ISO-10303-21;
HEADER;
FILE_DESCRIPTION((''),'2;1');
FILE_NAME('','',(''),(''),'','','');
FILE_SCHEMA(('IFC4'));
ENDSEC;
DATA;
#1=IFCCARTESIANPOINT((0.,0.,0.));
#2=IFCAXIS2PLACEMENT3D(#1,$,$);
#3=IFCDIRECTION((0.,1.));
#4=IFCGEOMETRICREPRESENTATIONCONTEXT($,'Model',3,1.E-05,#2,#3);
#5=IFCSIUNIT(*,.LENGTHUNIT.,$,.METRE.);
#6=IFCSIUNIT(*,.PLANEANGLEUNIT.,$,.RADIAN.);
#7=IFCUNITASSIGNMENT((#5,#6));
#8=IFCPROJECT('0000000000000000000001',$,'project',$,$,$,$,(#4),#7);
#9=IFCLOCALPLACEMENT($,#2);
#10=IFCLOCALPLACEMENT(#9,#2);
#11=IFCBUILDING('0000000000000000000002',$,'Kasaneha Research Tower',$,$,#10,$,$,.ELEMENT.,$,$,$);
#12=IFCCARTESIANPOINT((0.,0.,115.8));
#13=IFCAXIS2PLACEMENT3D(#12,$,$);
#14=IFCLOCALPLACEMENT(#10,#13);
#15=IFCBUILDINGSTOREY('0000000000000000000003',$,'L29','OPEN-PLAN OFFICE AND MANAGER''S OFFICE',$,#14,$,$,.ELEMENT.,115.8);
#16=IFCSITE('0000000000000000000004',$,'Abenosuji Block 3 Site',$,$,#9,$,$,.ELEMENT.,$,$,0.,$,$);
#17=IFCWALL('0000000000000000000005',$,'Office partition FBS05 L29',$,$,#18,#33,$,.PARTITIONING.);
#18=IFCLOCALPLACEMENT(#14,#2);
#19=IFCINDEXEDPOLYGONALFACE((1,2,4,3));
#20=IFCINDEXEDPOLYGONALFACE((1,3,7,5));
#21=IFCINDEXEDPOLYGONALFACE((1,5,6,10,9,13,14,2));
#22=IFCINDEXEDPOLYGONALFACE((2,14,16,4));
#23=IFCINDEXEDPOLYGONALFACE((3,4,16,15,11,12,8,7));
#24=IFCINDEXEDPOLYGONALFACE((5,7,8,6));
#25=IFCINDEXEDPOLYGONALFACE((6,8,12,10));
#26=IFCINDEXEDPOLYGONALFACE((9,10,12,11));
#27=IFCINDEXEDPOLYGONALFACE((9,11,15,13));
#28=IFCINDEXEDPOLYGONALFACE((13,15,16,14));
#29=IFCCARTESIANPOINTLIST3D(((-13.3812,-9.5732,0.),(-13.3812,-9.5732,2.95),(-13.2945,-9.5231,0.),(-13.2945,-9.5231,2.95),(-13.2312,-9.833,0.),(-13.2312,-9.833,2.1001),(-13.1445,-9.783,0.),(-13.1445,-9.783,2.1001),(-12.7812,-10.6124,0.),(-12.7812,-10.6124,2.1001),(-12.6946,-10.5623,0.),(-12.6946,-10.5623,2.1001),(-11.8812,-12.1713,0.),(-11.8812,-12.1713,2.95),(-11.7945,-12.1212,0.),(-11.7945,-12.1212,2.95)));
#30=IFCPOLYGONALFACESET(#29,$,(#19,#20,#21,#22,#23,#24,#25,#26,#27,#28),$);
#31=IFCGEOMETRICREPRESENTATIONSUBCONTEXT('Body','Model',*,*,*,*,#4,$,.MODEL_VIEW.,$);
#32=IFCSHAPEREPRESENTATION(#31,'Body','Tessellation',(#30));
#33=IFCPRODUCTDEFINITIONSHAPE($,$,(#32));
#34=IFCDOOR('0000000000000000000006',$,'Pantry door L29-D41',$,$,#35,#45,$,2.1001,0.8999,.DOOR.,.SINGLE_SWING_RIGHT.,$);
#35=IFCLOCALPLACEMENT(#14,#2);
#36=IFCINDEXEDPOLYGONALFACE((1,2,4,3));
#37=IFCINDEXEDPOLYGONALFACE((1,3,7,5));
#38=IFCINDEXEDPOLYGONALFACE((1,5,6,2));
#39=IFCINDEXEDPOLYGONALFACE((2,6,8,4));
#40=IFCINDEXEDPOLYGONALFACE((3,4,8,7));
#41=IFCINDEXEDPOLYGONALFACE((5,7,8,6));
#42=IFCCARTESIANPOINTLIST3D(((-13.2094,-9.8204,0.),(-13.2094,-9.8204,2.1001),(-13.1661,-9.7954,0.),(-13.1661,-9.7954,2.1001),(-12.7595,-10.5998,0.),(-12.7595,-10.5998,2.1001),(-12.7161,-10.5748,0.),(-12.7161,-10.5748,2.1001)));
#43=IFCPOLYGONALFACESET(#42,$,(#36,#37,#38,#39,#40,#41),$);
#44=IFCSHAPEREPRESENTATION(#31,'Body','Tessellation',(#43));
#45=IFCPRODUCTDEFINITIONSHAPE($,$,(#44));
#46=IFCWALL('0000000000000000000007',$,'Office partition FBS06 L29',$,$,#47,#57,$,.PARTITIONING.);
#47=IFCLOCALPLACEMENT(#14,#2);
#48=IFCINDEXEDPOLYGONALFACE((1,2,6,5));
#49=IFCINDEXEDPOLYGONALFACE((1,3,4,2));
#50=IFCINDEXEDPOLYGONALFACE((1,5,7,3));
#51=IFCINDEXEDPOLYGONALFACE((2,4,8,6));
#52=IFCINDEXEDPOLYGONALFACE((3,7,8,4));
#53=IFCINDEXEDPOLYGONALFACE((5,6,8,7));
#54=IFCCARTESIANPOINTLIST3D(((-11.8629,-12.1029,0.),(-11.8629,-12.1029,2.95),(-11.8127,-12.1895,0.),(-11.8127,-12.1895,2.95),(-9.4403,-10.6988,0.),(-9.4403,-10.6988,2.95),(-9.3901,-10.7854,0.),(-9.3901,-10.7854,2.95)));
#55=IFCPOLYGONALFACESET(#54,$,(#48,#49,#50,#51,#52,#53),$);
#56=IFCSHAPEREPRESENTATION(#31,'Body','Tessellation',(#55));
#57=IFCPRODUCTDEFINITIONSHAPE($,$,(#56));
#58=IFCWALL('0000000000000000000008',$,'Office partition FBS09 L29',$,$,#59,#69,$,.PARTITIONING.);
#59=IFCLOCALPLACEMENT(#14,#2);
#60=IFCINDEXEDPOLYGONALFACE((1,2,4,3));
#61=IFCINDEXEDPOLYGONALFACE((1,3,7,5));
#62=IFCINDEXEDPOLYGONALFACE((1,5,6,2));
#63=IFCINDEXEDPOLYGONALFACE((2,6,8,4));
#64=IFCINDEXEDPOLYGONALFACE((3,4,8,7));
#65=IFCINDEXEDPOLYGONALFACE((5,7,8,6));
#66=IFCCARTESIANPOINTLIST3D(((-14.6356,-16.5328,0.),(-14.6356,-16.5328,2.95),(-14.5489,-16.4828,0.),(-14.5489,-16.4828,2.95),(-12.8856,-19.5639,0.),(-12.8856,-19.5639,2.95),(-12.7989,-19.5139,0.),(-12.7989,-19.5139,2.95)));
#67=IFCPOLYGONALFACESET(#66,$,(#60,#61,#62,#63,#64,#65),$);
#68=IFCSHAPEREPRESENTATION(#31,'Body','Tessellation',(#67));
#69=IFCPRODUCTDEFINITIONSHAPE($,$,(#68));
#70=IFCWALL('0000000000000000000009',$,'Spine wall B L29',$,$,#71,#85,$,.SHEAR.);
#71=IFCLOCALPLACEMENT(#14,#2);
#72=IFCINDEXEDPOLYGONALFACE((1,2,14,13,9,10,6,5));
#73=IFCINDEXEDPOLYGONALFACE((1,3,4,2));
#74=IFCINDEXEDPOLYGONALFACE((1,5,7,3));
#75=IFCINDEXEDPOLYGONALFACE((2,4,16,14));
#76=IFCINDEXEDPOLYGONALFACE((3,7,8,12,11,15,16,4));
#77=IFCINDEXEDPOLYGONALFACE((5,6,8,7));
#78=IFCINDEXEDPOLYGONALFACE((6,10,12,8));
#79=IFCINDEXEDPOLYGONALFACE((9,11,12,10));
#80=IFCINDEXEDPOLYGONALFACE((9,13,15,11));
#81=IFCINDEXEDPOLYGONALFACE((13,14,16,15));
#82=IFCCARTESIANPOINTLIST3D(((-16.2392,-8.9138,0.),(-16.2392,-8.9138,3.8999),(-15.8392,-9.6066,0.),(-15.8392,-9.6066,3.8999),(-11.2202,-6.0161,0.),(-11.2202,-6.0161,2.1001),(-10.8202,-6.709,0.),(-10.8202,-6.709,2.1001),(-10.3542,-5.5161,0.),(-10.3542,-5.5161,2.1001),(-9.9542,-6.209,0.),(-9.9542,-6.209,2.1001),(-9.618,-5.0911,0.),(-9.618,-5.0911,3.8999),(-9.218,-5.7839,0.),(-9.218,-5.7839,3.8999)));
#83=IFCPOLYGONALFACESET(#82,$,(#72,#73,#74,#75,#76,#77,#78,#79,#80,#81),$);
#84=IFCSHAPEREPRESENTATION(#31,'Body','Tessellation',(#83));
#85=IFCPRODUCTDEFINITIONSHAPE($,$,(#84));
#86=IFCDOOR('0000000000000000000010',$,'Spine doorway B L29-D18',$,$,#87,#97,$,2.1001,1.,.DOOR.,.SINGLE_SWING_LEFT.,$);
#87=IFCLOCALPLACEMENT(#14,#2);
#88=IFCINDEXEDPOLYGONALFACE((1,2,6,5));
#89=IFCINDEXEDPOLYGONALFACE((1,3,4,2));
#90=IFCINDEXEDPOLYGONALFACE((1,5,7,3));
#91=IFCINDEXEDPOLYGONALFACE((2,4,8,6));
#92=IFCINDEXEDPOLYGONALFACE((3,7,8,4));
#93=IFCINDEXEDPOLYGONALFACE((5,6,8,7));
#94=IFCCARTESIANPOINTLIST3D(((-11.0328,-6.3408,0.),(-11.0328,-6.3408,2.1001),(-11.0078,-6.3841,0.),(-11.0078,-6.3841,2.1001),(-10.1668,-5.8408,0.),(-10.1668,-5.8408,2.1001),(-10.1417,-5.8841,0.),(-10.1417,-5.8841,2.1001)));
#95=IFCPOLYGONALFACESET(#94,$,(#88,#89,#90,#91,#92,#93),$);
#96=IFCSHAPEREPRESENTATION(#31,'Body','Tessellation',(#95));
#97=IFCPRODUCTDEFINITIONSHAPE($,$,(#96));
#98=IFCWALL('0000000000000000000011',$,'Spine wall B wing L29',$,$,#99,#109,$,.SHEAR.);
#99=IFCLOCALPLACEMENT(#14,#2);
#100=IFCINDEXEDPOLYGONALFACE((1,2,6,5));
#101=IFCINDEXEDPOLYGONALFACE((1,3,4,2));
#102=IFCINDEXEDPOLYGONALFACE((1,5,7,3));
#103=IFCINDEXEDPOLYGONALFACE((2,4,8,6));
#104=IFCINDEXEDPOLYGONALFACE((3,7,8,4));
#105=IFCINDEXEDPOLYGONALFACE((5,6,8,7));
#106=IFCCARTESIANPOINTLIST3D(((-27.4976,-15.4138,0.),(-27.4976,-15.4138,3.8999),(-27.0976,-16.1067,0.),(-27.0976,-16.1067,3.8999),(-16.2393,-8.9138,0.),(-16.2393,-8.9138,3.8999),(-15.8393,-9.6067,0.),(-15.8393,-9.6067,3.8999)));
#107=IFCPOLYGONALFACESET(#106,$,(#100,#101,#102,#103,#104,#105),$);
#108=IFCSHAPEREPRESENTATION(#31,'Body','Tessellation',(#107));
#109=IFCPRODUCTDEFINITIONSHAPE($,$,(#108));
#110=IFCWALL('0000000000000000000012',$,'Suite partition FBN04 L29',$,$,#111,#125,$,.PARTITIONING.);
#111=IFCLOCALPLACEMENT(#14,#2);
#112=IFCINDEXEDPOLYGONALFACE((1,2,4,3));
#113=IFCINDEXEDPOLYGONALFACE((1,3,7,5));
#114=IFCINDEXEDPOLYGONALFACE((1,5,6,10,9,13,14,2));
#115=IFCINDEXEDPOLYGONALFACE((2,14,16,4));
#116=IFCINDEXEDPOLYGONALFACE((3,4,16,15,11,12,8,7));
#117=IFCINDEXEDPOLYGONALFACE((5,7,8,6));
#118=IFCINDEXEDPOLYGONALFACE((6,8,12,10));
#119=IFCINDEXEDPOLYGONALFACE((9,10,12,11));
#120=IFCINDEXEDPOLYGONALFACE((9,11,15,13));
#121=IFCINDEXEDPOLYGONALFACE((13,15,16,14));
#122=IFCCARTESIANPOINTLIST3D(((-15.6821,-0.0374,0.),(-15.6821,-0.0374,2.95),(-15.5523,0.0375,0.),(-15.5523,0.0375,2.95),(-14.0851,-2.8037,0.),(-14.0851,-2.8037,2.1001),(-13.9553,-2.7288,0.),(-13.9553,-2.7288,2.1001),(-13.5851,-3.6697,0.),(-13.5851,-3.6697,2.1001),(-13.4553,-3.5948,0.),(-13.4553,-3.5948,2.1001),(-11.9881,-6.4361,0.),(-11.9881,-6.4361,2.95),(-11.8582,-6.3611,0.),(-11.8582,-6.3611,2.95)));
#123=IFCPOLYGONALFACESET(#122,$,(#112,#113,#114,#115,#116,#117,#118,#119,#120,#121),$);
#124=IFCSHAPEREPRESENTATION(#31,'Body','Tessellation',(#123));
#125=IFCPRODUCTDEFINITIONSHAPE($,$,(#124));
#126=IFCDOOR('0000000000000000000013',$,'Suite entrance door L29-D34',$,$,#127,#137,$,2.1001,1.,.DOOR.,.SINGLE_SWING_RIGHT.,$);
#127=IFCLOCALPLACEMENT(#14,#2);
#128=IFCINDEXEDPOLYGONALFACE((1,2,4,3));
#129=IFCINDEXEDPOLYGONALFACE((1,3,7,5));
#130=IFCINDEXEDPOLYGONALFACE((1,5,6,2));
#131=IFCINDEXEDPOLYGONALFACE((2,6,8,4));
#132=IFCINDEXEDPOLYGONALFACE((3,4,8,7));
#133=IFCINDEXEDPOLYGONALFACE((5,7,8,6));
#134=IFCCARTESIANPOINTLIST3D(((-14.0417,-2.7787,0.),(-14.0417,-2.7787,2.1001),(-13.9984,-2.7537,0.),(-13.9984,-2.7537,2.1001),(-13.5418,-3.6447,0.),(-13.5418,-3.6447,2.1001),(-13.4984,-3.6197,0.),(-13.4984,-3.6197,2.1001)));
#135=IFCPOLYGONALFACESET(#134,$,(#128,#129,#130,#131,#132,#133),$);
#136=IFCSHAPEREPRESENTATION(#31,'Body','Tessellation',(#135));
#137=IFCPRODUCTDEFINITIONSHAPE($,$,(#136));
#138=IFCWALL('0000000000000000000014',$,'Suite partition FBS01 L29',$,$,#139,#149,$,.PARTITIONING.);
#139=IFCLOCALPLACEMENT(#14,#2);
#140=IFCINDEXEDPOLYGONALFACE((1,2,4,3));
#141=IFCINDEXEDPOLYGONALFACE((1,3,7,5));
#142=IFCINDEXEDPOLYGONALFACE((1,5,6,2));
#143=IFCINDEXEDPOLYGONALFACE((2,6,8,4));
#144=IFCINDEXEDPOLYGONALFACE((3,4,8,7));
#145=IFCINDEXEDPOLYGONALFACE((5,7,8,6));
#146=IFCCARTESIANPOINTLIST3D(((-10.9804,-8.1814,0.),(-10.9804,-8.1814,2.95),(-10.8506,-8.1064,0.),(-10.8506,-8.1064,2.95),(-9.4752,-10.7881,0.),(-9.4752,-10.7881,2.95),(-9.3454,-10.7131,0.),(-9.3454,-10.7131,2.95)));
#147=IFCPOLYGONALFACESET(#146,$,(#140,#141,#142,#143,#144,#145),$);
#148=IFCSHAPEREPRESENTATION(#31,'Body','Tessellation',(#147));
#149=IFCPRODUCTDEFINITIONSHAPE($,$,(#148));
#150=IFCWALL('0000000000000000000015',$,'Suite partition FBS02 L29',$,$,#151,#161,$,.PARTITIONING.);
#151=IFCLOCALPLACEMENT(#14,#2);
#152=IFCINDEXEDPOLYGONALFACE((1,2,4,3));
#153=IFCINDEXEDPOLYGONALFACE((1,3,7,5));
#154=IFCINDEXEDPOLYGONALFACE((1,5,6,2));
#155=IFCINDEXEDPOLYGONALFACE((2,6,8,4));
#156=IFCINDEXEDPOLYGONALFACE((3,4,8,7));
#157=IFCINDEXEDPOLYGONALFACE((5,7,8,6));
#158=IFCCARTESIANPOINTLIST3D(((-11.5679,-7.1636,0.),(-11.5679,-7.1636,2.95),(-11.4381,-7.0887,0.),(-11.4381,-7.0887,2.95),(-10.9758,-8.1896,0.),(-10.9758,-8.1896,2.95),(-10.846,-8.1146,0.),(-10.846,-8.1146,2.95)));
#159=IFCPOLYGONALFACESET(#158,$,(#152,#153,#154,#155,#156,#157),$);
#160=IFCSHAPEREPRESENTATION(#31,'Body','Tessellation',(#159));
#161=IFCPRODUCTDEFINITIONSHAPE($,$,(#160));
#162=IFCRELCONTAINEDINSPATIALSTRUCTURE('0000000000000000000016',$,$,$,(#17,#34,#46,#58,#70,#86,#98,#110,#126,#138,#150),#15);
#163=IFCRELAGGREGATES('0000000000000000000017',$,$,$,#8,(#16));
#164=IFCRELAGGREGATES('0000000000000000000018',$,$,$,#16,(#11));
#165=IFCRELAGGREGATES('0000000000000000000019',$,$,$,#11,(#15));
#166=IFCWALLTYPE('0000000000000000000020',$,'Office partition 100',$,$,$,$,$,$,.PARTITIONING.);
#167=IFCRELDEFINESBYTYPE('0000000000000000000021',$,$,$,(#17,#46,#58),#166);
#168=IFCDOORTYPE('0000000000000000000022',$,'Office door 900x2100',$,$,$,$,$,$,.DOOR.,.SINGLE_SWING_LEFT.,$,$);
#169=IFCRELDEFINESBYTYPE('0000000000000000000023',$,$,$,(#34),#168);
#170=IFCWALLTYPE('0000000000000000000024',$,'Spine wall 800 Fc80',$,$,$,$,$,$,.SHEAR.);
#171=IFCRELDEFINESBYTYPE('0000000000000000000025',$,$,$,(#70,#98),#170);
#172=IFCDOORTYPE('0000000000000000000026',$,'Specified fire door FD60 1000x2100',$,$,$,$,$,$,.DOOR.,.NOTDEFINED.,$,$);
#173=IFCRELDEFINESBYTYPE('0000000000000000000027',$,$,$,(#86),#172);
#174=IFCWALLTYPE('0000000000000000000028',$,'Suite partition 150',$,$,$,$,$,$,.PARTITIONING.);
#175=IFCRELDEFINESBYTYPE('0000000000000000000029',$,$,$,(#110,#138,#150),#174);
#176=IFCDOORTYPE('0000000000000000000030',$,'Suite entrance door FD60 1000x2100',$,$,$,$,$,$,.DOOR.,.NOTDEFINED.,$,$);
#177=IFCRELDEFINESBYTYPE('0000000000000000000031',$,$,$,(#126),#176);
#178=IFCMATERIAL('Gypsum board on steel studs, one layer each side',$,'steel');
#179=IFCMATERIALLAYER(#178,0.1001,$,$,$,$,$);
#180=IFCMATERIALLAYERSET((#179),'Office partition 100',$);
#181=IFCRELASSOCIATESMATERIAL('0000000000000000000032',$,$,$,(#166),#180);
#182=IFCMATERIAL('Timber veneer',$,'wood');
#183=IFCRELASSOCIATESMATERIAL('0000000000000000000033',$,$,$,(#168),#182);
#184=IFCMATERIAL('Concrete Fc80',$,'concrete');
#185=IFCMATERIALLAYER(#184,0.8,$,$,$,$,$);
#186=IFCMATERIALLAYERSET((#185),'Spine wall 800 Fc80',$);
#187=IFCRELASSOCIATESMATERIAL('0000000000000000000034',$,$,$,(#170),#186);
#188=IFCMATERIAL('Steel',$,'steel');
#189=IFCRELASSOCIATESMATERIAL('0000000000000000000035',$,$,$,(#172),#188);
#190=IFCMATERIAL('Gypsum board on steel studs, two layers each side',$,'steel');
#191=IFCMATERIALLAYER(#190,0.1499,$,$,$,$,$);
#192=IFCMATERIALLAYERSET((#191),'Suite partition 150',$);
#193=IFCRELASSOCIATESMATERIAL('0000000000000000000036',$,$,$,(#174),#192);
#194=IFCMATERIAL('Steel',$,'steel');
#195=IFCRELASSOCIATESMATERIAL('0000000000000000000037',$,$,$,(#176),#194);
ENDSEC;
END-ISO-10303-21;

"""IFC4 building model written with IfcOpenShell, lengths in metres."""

from ifc_helpers import new_model, si_unit, direction, frame, frame_2d, origin, place, context, subcontext, project, spatial, rectangle, extrude, material, layer, layer_set, type_object, element, fill, save


model = new_model("IFC4")

# Units and contexts
model_context = context("Model", 3, precision=1e-05, world=origin(), true_north=direction((0.0, 1.0)))
body_context = subcontext(model_context, "Body", "Model", "MODEL_VIEW")
ifc_project = project(units=[si_unit("LENGTHUNIT", "METRE"), si_unit("PLANEANGLEUNIT", "RADIAN")], contexts=[model_context])

# Site, building, storey
site_placement = place(None, origin())
site = spatial("IfcSite", under=ifc_project, at=site_placement, Name="Abenosuji Block 3 Site", CompositionType="ELEMENT", RefElevation=0.0)
building_placement = place(site_placement, origin())
building = spatial("IfcBuilding", under=site, at=building_placement, Name="Kasaneha Research Tower", CompositionType="ELEMENT")
storey_placement = place(building_placement, frame((0.0, 0.0, 115.8)))
storey = spatial("IfcBuildingStorey", under=building, at=storey_placement, Name="L29", Description="OPEN-PLAN OFFICE AND MANAGER'S OFFICE", CompositionType="ELEMENT", Elevation=115.8)

# Shared definitions
ifc_material_1 = material(Name="Gypsum board on steel studs, one layer each side", Category="steel")
ifc_layer_1 = layer(ifc_material_1, 0.1001)
ifc_layer_set_1 = layer_set([ifc_layer_1], Name="Office partition 100")
wall_type_1 = type_object("IfcWallType", Name="Office partition 100", PredefinedType="PARTITIONING", material=ifc_layer_set_1)

# Wall, opening, door
wall_1_placement = place(storey_placement, frame((-11.8379, -12.1462, 0.0), z_axis=(0.0, 0.0, 1.0), x_axis=(-0.49999, 0.866031, 0.0)))
wall_1 = element("IfcWall", 1, at=wall_1_placement, inside=storey, type_object=wall_type_1, Name="Office partition FBS05 L29", PredefinedType="PARTITIONING", context=body_context, shape_type="SweptSolid", body=[
    extrude(rectangle(XDim=3.0, YDim=0.1001, at=frame_2d((1.5, 0.0))), origin(), (0.0, 0.0, 1.0), 2.95),
])
opening_1_placement = place(wall_1_placement, frame((1.8, 0.0, 0.0)))
opening_1 = element("IfcOpeningElement", 2, at=opening_1_placement, cuts=wall_1, PredefinedType="OPENING", context=body_context, shape_type="SweptSolid", body=[
    extrude(rectangle(XDim=0.8999, YDim=2.1001, at=frame_2d((0.45, 1.05))), frame((0.0, 0.0601, 0.0), z_axis=(0.0, -1.0, 0.0), x_axis=(1.0, 0.0, 0.0)), (0.0, 0.0, 1.0), 0.1201),
])
ifc_material_2 = material(Name="Timber veneer", Category="wood")
door_type_1 = type_object("IfcDoorType", Name="Office door 900x2100", OperationType="SINGLE_SWING_LEFT", PredefinedType="DOOR", material=ifc_material_2)
door_1_placement = place(opening_1_placement, origin())
door_1 = element("IfcDoor", 3, at=door_1_placement, inside=storey, type_object=door_type_1, Name="Pantry door L29-D41", OperationType="SINGLE_SWING_RIGHT", OverallHeight=2.1001, OverallWidth=0.8999, PredefinedType="DOOR", context=body_context, shape_type="SweptSolid", body=[
    extrude(rectangle(XDim=0.8999, YDim=2.1001, at=frame_2d((0.45, 1.05))), frame((0.0, 0.0249, 0.0), z_axis=(0.0, -1.0, 0.0), x_axis=(1.0, 0.0, 0.0)), (0.0, 0.0, 1.0), 0.05),
])
fill(opening_1, door_1)

# Walls
wall_2_placement = place(storey_placement, frame((-9.4153, -10.7422, 0.0), z_axis=(0.0, 0.0, 1.0), x_axis=(-0.865195, -0.501435, 0.0)))
element("IfcWall", 4, at=wall_2_placement, inside=storey, type_object=wall_type_1, Name="Office partition FBS06 L29", PredefinedType="PARTITIONING", context=body_context, shape_type="SweptSolid", body=[
    extrude(rectangle(XDim=2.8, YDim=0.1001, at=frame_2d((1.3999, 0.0))), origin(), (0.0, 0.0, 1.0), 2.95),
])
wall_3_placement = place(storey_placement, frame((-14.5923, -16.5078, 0.0), z_axis=(0.0, 0.0, 1.0), x_axis=(0.50001, -0.866019, 0.0)))
element("IfcWall", 5, at=wall_3_placement, inside=storey, type_object=wall_type_1, Name="Office partition FBS09 L29", PredefinedType="PARTITIONING", context=body_context, shape_type="SweptSolid", body=[
    extrude(rectangle(XDim=3.5, YDim=0.1001, at=frame_2d((1.75, 0.0))), origin(), (0.0, 0.0, 1.0), 2.95),
])

# Wall, opening, door
ifc_material_3 = material(Name="Concrete Fc80", Category="concrete")
ifc_layer_2 = layer(ifc_material_3, 0.8)
ifc_layer_set_2 = layer_set([ifc_layer_2], Name="Spine wall 800 Fc80")
wall_type_2 = type_object("IfcWallType", Name="Spine wall 800 Fc80", PredefinedType="SHEAR", material=ifc_layer_set_2)
wall_4_placement = place(storey_placement, frame((-9.418, -5.4375, 0.0), z_axis=(0.0, 0.0, 1.0), x_axis=(-0.86603, -0.499992, 0.0)))
wall_4 = element("IfcWall", 6, at=wall_4_placement, inside=storey, type_object=wall_type_2, Name="Spine wall B L29", PredefinedType="SHEAR", context=body_context, shape_type="SweptSolid", body=[
    extrude(rectangle(XDim=7.6455, YDim=0.8, at=frame_2d((3.8228, 0.0))), origin(), (0.0, 0.0, 1.0), 3.8999),
])
opening_2_placement = place(wall_4_placement, frame((0.8501, 0.0, 0.0)))
opening_2 = element("IfcOpeningElement", 7, at=opening_2_placement, cuts=wall_4, PredefinedType="OPENING", context=body_context, shape_type="SweptSolid", body=[
    extrude(rectangle(XDim=1.0, YDim=2.1001, at=frame_2d((0.5, 1.05))), frame((0.0, 0.4102, 0.0), z_axis=(0.0, -1.0, 0.0), x_axis=(1.0, 0.0, 0.0)), (0.0, 0.0, 1.0), 0.8201),
])
ifc_material_4 = material(Name="Steel", Category="steel")
door_type_2 = type_object("IfcDoorType", Name="Specified fire door FD60 1000x2100", OperationType="NOTDEFINED", PredefinedType="DOOR", material=ifc_material_4)
door_2_placement = place(opening_2_placement, origin())
door_2 = element("IfcDoor", 8, at=door_2_placement, inside=storey, type_object=door_type_2, Name="Spine doorway B L29-D18", OperationType="SINGLE_SWING_LEFT", OverallHeight=2.1001, OverallWidth=1.0, PredefinedType="DOOR", context=body_context, shape_type="SweptSolid", body=[
    extrude(rectangle(XDim=1.0, YDim=2.1001, at=frame_2d((0.5, 1.05))), frame((0.0, 0.0249, 0.0), z_axis=(0.0, -1.0, 0.0), x_axis=(1.0, 0.0, 0.0)), (0.0, 0.0, 1.0), 0.05),
])
fill(opening_2, door_2)

# Wall
wall_5_placement = place(storey_placement, frame((-16.0393, -9.2603, 0.0), z_axis=(0.0, 0.0, 1.0), x_axis=(-0.866025, -0.500001, 0.0)))
element("IfcWall", 9, at=wall_5_placement, inside=storey, type_object=wall_type_2, Name="Spine wall B wing L29", PredefinedType="SHEAR", context=body_context, shape_type="SweptSolid", body=[
    extrude(rectangle(XDim=13.0, YDim=0.8, at=frame_2d((6.5, 0.0))), origin(), (0.0, 0.0, 1.0), 3.8999),
])

# Wall, opening, door
ifc_material_5 = material(Name="Gypsum board on steel studs, two layers each side", Category="steel")
ifc_layer_3 = layer(ifc_material_5, 0.1499)
ifc_layer_set_3 = layer_set([ifc_layer_3], Name="Suite partition 150")
wall_type_3 = type_object("IfcWallType", Name="Suite partition 150", PredefinedType="PARTITIONING", material=ifc_layer_set_3)
wall_6_placement = place(storey_placement, frame((-11.9231, -6.3987, 0.0), z_axis=(0.0, 0.0, 1.0), x_axis=(-0.499981, 0.866036, 0.0)))
wall_6 = element("IfcWall", 10, at=wall_6_placement, inside=storey, type_object=wall_type_3, Name="Suite partition FBN04 L29", PredefinedType="PARTITIONING", context=body_context, shape_type="SweptSolid", body=[
    extrude(rectangle(XDim=7.3884, YDim=0.1499, at=frame_2d((3.6943, 0.0))), origin(), (0.0, 0.0, 1.0), 2.95),
])
opening_3_placement = place(wall_6_placement, frame((3.1943, 0.0, 0.0)))
opening_3 = element("IfcOpeningElement", 11, at=opening_3_placement, cuts=wall_6, PredefinedType="OPENING", context=body_context, shape_type="SweptSolid", body=[
    extrude(rectangle(XDim=1.0, YDim=2.1001, at=frame_2d((0.5, 1.05))), frame((0.0, 0.085, 0.0), z_axis=(0.0, -1.0, 0.0), x_axis=(1.0, 0.0, 0.0)), (0.0, 0.0, 1.0), 0.1699),
])
ifc_material_6 = material(Name="Steel", Category="steel")
door_type_3 = type_object("IfcDoorType", Name="Suite entrance door FD60 1000x2100", OperationType="NOTDEFINED", PredefinedType="DOOR", material=ifc_material_6)
door_3_placement = place(opening_3_placement, origin())
door_3 = element("IfcDoor", 12, at=door_3_placement, inside=storey, type_object=door_type_3, Name="Suite entrance door L29-D34", OperationType="SINGLE_SWING_RIGHT", OverallHeight=2.1001, OverallWidth=1.0, PredefinedType="DOOR", context=body_context, shape_type="SweptSolid", body=[
    extrude(rectangle(XDim=1.0, YDim=2.1001, at=frame_2d((0.5, 1.05))), frame((0.0, 0.0249, 0.0), z_axis=(0.0, -1.0, 0.0), x_axis=(1.0, 0.0, 0.0)), (0.0, 0.0, 1.0), 0.05),
])
fill(opening_3, door_3)

# Walls
wall_7_placement = place(storey_placement, frame((-9.4104, -10.7505, 0.0), z_axis=(0.0, 0.0, 1.0), x_axis=(-0.500038, 0.866003, 0.0)))
element("IfcWall", 13, at=wall_7_placement, inside=storey, type_object=wall_type_3, Name="Suite partition FBS01 L29", PredefinedType="PARTITIONING", context=body_context, shape_type="SweptSolid", body=[
    extrude(rectangle(XDim=3.01, YDim=0.1499, at=frame_2d((1.5049, 0.0))), origin(), (0.0, 0.0, 1.0), 2.95),
])
wall_8_placement = place(storey_placement, frame((-10.9109, -8.1521, 0.0), z_axis=(0.0, 0.0, 1.0), x_axis=(-0.499841, 0.866117, 0.0)))
element("IfcWall", 14, at=wall_8_placement, inside=storey, type_object=wall_type_3, Name="Suite partition FBS02 L29", PredefinedType="PARTITIONING", context=body_context, shape_type="SweptSolid", body=[
    extrude(rectangle(XDim=1.1846, YDim=0.1499, at=frame_2d((0.5923, 0.0))), origin(), (0.0, 0.0, 1.0), 2.95),
])

save(model, "model.ifc")
